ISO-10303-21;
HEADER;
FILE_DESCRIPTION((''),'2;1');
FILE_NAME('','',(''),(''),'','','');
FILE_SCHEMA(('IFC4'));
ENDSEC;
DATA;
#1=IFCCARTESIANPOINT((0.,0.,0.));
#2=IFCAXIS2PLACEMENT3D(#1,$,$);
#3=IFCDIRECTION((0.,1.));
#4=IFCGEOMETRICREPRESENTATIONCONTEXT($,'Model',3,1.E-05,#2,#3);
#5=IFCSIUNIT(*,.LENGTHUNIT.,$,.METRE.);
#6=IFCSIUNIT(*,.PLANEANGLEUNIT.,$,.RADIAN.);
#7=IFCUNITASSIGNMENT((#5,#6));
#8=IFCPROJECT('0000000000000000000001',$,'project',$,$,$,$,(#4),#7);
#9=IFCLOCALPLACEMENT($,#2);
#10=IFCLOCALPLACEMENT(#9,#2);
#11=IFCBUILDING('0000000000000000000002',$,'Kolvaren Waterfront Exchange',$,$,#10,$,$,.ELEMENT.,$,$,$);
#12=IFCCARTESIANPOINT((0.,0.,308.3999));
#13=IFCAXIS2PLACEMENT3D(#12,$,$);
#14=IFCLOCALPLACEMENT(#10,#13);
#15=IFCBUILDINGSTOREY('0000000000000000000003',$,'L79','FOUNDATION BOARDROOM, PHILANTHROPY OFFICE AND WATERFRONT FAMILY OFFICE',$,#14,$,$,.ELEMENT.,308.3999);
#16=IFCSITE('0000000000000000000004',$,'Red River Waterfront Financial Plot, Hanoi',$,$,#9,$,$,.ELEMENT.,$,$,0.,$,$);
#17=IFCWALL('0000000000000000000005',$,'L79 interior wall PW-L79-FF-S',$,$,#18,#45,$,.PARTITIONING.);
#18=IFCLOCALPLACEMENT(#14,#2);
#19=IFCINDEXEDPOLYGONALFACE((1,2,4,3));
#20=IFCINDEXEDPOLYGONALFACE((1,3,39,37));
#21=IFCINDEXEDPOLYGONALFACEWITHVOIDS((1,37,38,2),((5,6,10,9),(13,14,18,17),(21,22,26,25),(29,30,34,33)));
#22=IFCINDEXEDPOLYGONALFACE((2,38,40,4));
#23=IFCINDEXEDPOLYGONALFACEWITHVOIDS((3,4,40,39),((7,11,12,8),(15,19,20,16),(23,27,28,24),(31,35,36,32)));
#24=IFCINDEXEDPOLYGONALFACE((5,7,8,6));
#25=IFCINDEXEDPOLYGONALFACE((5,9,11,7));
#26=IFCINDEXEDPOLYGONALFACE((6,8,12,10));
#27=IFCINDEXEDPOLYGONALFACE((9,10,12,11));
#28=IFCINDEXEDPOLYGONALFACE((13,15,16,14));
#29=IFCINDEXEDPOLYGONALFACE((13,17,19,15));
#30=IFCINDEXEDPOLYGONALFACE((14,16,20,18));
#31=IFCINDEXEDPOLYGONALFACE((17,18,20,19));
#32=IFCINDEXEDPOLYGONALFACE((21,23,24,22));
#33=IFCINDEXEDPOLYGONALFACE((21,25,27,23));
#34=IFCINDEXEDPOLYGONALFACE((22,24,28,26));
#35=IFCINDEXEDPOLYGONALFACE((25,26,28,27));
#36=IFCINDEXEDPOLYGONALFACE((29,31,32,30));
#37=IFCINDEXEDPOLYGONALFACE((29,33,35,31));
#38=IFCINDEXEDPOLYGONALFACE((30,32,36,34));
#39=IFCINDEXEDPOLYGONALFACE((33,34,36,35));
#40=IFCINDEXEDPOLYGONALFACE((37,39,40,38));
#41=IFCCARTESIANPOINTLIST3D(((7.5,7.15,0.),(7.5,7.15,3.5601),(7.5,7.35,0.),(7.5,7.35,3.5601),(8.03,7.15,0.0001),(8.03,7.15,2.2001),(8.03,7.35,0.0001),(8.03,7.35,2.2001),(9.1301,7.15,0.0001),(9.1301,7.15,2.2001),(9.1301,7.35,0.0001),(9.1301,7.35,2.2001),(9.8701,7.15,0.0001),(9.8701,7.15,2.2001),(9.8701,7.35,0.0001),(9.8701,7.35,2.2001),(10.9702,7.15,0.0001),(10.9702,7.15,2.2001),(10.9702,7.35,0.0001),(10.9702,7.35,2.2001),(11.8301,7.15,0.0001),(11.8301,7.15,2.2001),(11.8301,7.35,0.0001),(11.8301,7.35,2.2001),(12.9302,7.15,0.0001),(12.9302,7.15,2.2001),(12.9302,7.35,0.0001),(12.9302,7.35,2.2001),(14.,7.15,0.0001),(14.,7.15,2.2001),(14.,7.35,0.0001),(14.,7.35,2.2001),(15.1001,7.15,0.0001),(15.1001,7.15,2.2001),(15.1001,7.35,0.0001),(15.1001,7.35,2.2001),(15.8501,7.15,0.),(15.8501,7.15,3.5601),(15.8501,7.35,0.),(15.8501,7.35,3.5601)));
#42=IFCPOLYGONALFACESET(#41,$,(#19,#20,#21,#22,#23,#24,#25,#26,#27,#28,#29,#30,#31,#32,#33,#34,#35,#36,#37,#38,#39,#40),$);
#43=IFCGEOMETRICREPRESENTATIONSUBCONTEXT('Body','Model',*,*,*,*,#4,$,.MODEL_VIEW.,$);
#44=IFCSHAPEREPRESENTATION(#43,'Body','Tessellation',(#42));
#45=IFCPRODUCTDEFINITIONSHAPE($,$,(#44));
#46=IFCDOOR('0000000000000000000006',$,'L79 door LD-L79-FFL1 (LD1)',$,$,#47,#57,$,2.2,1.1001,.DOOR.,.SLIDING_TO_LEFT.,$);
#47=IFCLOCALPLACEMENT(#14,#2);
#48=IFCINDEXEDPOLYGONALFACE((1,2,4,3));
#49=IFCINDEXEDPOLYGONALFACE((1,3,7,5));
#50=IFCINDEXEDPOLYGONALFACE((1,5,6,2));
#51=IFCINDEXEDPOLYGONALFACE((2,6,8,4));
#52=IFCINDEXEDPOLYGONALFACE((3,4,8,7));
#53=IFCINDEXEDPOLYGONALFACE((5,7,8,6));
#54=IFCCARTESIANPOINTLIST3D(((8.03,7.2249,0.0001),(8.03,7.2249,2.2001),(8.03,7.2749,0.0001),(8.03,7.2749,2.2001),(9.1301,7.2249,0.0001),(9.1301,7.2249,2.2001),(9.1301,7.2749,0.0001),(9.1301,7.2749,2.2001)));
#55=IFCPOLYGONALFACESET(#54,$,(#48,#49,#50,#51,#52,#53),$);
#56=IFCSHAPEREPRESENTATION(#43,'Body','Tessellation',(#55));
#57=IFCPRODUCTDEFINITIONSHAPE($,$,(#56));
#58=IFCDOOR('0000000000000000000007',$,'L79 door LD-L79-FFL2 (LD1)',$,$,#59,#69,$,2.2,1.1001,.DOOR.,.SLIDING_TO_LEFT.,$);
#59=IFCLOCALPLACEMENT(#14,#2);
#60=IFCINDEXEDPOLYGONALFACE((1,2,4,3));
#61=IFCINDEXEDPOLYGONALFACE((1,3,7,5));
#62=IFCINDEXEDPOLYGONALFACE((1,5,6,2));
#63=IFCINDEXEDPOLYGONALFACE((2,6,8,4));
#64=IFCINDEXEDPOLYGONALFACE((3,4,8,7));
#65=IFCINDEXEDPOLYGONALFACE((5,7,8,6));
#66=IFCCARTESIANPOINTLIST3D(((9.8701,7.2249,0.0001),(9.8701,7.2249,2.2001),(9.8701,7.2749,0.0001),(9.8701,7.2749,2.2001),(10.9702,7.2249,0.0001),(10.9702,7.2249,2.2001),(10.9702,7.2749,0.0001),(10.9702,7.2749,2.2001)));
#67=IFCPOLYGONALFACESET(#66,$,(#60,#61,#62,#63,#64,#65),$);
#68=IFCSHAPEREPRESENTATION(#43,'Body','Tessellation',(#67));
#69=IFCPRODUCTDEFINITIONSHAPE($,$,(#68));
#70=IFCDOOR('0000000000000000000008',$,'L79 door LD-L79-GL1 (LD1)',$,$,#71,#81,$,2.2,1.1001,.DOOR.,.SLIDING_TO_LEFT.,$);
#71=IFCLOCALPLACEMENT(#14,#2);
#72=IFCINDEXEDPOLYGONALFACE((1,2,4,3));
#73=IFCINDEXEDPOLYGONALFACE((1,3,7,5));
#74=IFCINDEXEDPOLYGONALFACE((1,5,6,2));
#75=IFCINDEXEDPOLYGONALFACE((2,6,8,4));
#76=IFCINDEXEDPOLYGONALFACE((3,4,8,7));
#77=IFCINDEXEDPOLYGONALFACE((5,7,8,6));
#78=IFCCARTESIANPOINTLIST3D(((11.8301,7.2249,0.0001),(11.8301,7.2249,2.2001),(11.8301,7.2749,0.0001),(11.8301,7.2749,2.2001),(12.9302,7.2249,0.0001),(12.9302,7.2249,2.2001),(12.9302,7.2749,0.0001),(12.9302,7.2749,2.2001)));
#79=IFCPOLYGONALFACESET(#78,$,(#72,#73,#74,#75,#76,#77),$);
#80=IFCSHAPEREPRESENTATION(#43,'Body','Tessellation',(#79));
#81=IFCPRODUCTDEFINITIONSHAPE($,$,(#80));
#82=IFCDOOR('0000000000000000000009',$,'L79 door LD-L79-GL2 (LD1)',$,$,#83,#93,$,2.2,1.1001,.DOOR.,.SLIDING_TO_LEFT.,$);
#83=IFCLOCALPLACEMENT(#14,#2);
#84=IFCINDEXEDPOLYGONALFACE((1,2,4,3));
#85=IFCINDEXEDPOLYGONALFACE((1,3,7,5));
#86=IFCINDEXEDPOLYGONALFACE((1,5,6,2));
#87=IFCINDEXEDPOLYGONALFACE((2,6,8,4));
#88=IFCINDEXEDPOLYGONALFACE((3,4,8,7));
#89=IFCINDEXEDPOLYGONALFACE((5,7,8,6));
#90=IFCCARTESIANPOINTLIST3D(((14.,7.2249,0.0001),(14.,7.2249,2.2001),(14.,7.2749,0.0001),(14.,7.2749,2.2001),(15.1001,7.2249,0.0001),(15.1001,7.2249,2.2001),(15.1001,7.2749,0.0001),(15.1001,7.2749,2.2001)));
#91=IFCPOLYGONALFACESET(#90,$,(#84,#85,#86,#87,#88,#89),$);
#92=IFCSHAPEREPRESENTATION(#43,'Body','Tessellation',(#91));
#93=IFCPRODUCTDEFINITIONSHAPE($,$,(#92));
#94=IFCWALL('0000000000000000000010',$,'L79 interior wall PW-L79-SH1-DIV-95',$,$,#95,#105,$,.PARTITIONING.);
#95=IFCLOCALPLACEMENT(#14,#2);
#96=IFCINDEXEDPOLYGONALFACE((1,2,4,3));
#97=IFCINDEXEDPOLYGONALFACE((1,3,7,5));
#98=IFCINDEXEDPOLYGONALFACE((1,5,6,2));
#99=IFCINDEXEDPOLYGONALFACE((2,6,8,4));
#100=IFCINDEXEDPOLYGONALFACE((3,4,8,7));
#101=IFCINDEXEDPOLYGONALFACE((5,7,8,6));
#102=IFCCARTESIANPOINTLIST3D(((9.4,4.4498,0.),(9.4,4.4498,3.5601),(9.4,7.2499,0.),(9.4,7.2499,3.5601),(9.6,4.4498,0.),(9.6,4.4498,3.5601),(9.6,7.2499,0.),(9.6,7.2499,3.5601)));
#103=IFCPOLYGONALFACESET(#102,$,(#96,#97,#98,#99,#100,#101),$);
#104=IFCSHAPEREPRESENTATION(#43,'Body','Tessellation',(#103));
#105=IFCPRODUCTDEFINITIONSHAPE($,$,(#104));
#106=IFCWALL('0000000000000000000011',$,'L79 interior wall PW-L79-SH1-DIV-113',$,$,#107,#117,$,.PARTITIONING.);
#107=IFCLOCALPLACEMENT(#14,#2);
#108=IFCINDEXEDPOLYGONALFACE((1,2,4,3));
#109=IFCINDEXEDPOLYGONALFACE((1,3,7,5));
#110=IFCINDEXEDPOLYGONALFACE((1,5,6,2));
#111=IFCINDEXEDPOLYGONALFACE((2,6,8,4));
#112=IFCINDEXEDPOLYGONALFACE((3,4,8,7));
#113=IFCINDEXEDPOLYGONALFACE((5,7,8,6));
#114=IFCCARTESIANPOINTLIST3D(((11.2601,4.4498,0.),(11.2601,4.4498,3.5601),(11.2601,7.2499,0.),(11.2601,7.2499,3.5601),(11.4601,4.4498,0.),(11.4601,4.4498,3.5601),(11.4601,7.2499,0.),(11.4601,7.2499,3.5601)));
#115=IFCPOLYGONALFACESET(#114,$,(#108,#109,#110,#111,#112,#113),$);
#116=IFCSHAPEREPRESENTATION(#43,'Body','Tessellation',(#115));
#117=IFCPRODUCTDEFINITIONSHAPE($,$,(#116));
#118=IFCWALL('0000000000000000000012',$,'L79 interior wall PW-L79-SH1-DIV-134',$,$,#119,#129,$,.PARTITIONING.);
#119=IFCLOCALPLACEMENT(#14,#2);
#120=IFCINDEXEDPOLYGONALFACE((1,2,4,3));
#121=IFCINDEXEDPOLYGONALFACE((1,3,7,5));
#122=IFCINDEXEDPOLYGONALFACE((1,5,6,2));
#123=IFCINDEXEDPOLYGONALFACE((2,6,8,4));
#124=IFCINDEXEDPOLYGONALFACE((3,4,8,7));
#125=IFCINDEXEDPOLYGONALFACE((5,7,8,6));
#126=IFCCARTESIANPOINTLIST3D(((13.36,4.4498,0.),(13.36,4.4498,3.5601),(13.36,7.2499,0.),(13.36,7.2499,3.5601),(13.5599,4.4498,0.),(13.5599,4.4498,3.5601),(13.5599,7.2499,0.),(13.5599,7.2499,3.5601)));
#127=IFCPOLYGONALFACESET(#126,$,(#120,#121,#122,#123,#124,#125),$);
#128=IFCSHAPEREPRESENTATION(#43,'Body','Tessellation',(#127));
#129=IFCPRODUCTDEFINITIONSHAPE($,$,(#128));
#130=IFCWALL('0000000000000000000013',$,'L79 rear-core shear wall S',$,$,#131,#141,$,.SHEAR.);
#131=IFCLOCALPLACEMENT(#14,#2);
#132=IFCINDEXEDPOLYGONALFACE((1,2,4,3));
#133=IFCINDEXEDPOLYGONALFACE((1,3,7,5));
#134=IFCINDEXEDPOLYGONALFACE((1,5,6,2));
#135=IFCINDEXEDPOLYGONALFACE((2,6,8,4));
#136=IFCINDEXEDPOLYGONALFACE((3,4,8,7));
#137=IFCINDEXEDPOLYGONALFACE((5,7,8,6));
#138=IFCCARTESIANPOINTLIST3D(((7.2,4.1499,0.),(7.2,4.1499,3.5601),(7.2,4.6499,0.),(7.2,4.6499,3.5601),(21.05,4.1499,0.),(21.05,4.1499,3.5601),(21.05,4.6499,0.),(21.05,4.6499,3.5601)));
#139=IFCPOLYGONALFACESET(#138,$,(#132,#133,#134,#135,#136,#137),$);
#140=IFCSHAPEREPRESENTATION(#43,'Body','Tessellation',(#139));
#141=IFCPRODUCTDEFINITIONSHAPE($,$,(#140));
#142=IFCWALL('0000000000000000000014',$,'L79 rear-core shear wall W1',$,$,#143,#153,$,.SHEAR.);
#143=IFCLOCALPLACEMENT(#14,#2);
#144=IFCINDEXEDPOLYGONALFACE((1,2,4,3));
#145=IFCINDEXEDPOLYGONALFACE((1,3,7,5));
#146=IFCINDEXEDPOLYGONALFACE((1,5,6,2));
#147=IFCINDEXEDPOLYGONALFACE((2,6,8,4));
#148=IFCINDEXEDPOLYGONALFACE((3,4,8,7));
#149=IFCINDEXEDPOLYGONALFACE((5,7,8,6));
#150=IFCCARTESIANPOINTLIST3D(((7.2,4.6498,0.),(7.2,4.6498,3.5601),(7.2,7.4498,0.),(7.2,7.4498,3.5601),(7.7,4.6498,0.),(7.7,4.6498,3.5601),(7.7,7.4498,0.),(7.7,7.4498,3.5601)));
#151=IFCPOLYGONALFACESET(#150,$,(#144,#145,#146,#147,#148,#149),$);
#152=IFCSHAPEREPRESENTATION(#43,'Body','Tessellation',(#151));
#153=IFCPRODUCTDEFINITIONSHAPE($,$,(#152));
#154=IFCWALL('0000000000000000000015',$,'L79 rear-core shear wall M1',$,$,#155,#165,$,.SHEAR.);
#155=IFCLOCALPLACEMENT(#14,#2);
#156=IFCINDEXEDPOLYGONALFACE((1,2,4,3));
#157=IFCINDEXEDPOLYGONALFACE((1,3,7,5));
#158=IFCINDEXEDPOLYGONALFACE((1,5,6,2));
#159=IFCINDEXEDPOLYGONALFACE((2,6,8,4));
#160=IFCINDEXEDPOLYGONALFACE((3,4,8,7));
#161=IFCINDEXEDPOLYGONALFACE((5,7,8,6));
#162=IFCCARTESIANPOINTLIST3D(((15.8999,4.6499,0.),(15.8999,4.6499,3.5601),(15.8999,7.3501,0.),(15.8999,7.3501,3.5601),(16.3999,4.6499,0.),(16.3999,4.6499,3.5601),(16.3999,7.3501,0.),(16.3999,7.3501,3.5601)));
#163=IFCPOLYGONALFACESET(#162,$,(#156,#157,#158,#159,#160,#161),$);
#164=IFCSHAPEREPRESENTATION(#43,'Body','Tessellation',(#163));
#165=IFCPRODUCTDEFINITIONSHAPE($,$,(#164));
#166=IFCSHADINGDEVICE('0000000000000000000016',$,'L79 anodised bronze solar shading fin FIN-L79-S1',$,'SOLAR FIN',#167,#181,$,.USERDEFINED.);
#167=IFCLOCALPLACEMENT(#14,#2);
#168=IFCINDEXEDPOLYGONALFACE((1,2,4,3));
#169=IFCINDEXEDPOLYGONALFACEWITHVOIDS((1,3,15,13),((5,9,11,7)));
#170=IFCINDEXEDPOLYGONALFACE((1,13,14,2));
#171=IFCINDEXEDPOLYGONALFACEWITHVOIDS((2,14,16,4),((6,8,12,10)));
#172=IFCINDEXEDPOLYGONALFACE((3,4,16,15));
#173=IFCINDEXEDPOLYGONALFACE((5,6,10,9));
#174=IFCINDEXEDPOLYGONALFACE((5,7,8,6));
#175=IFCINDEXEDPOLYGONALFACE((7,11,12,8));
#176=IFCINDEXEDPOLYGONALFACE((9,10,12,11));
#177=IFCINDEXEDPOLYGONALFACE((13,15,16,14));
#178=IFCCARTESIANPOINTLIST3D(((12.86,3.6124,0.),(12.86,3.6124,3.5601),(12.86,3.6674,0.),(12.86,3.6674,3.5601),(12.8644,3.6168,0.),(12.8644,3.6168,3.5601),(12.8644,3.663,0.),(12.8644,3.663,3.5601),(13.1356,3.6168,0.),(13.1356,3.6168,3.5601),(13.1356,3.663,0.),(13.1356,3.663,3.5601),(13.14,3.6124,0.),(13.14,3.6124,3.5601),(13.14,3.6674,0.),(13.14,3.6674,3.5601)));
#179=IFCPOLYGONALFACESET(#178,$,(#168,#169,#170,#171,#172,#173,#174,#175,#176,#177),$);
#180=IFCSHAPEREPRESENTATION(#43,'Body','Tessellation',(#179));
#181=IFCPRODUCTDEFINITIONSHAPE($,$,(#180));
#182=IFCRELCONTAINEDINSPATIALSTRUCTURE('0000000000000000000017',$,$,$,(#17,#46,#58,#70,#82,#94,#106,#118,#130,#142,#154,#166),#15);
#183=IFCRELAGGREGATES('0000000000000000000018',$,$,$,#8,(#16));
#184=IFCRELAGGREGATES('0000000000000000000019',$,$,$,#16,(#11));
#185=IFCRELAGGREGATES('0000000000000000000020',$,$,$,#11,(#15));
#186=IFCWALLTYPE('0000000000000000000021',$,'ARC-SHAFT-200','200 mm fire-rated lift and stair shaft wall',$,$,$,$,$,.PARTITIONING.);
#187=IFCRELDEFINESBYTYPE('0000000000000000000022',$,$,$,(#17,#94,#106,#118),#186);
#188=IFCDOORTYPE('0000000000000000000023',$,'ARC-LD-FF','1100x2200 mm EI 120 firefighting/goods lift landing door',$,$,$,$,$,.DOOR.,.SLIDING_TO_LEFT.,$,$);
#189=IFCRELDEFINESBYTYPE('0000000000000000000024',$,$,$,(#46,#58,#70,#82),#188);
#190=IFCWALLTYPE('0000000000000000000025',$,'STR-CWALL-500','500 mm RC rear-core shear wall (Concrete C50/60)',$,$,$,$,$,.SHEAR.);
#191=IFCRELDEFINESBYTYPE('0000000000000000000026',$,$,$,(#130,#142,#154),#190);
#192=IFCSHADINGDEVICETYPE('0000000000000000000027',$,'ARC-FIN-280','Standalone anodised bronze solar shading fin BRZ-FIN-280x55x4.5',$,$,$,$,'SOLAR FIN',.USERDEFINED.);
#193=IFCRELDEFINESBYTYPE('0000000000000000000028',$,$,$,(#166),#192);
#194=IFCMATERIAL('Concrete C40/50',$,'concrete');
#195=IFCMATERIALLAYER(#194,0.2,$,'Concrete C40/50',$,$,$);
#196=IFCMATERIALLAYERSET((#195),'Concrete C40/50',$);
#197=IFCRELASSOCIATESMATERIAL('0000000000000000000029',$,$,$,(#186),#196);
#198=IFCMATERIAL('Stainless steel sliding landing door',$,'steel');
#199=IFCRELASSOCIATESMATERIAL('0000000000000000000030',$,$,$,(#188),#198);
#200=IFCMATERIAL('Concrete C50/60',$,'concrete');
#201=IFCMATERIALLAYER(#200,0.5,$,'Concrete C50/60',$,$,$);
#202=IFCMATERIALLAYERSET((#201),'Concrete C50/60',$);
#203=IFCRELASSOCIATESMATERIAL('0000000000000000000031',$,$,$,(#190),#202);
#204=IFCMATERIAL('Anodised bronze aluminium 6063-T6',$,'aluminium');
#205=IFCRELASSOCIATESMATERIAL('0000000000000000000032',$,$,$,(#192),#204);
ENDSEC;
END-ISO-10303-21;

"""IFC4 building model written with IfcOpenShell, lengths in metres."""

from ifc_helpers import new_model, si_unit, direction, frame, frame_2d, origin, origin_2d, place, context, subcontext, project, spatial, rectangle, hollow_rectangle, extrude, material, layer, layer_set, material_profile, profile_set, type_object, element, fill, save


model = new_model("IFC4")

# Units and contexts
model_context = context("Model", 3, precision=1e-05, world=origin(), true_north=direction((0.0, 1.0)))
body_context = subcontext(model_context, "Body", "Model", "MODEL_VIEW")
ifc_project = project(units=[si_unit("LENGTHUNIT", "METRE"), si_unit("PLANEANGLEUNIT", "RADIAN")], contexts=[model_context])

# Site, building, storey
site_placement = place(None, origin())
site = spatial("IfcSite", under=ifc_project, at=site_placement, Name="Red River Waterfront Financial Plot, Hanoi", CompositionType="ELEMENT", RefElevation=0.0)
building_placement = place(site_placement, origin())
building = spatial("IfcBuilding", under=site, at=building_placement, Name="Kolvaren Waterfront Exchange", CompositionType="ELEMENT")
storey_placement = place(building_placement, frame((0.0, 0.0, 308.3999)))
storey = spatial("IfcBuildingStorey", under=building, at=storey_placement, Name="L79", Description="FOUNDATION BOARDROOM, PHILANTHROPY OFFICE AND WATERFRONT FAMILY OFFICE", CompositionType="ELEMENT", Elevation=308.3999)

# Shared definitions
ifc_material_1 = material(Name="Concrete C50/60", Category="concrete")

# Shared definitions
ifc_material_2 = material(Name="Anodised bronze aluminium 6063-T6", Category="aluminium")

# Wall, openings, doors
ifc_material_3 = material(Name="Concrete C40/50", Category="concrete")
ifc_layer_1 = layer(ifc_material_3, 0.2, Name="Concrete C40/50")
ifc_layer_set_1 = layer_set([ifc_layer_1], Name="Concrete C40/50")
wall_type_1 = type_object("IfcWallType", Name="ARC-SHAFT-200", Description="200 mm fire-rated lift and stair shaft wall", PredefinedType="PARTITIONING", material=ifc_layer_set_1)
wall_1_placement = place(storey_placement, frame((7.5, 7.25, 0.0), z_axis=(0.0, 0.0, 1.0), x_axis=(1.0, 0.0, 0.0)))
wall_1 = element("IfcWall", 1, at=wall_1_placement, inside=storey, type_object=wall_type_1, Name="L79 interior wall PW-L79-FF-S", PredefinedType="PARTITIONING", context=body_context, shape_type="SweptSolid", body=[
    extrude(rectangle(XDim=8.3501, YDim=0.2, at=frame_2d((4.175, 0.0))), origin(), (0.0, 0.0, 1.0), 3.5601),
])
opening_1_placement = place(wall_1_placement, frame((0.53, 0.0, 0.0)))
opening_1 = element("IfcOpeningElement", 2, at=opening_1_placement, cuts=wall_1, PredefinedType="OPENING", context=body_context, shape_type="SweptSolid", body=[
    extrude(rectangle(XDim=1.1001, YDim=2.2, at=frame_2d((0.55, 1.1001))), frame((0.0, 0.1099, 0.0), z_axis=(0.0, -1.0, 0.0), x_axis=(1.0, 0.0, 0.0)), (0.0, 0.0, 1.0), 0.22),
])
opening_2_placement = place(wall_1_placement, frame((2.3701, 0.0, 0.0)))
opening_2 = element("IfcOpeningElement", 3, at=opening_2_placement, cuts=wall_1, PredefinedType="OPENING", context=body_context, shape_type="SweptSolid", body=[
    extrude(rectangle(XDim=1.1001, YDim=2.2, at=frame_2d((0.55, 1.1001))), frame((0.0, 0.1099, 0.0), z_axis=(0.0, -1.0, 0.0), x_axis=(1.0, 0.0, 0.0)), (0.0, 0.0, 1.0), 0.22),
])
opening_3_placement = place(wall_1_placement, frame((4.3301, 0.0, 0.0)))
opening_3 = element("IfcOpeningElement", 4, at=opening_3_placement, cuts=wall_1, PredefinedType="OPENING", context=body_context, shape_type="SweptSolid", body=[
    extrude(rectangle(XDim=1.1001, YDim=2.2, at=frame_2d((0.55, 1.1001))), frame((0.0, 0.1099, 0.0), z_axis=(0.0, -1.0, 0.0), x_axis=(1.0, 0.0, 0.0)), (0.0, 0.0, 1.0), 0.22),
])
opening_4_placement = place(wall_1_placement, frame((6.5, 0.0, 0.0)))
opening_4 = element("IfcOpeningElement", 5, at=opening_4_placement, cuts=wall_1, PredefinedType="OPENING", context=body_context, shape_type="SweptSolid", body=[
    extrude(rectangle(XDim=1.1001, YDim=2.2, at=frame_2d((0.55, 1.1001))), frame((0.0, 0.1099, 0.0), z_axis=(0.0, -1.0, 0.0), x_axis=(1.0, 0.0, 0.0)), (0.0, 0.0, 1.0), 0.22),
])
ifc_material_4 = material(Name="Stainless steel sliding landing door", Category="steel")
door_type = type_object("IfcDoorType", Name="ARC-LD-FF", Description="1100x2200 mm EI 120 firefighting/goods lift landing door", OperationType="SLIDING_TO_LEFT", PredefinedType="DOOR", material=ifc_material_4)
door_1_placement = place(opening_1_placement, origin())
door_1 = element("IfcDoor", 6, at=door_1_placement, inside=storey, type_object=door_type, Name="L79 door LD-L79-FFL1 (LD1)", OperationType="SLIDING_TO_LEFT", OverallHeight=2.2, OverallWidth=1.1001, PredefinedType="DOOR", context=body_context, shape_type="SweptSolid", body=[
    extrude(rectangle(XDim=1.1001, YDim=2.2, at=frame_2d((0.55, 1.1001))), frame((0.0, 0.0249, 0.0), z_axis=(0.0, -1.0, 0.0), x_axis=(1.0, 0.0, 0.0)), (0.0, 0.0, 1.0), 0.05),
])
fill(opening_1, door_1)
door_2_placement = place(opening_2_placement, origin())
door_2 = element("IfcDoor", 7, at=door_2_placement, inside=storey, type_object=door_type, Name="L79 door LD-L79-FFL2 (LD1)", OperationType="SLIDING_TO_LEFT", OverallHeight=2.2, OverallWidth=1.1001, PredefinedType="DOOR", context=body_context, shape_type="SweptSolid", body=[
    extrude(rectangle(XDim=1.1001, YDim=2.2, at=frame_2d((0.55, 1.1001))), frame((0.0, 0.0249, 0.0), z_axis=(0.0, -1.0, 0.0), x_axis=(1.0, 0.0, 0.0)), (0.0, 0.0, 1.0), 0.05),
])
fill(opening_2, door_2)
door_3_placement = place(opening_3_placement, origin())
door_3 = element("IfcDoor", 8, at=door_3_placement, inside=storey, type_object=door_type, Name="L79 door LD-L79-GL1 (LD1)", OperationType="SLIDING_TO_LEFT", OverallHeight=2.2, OverallWidth=1.1001, PredefinedType="DOOR", context=body_context, shape_type="SweptSolid", body=[
    extrude(rectangle(XDim=1.1001, YDim=2.2, at=frame_2d((0.55, 1.1001))), frame((0.0, 0.0249, 0.0), z_axis=(0.0, -1.0, 0.0), x_axis=(1.0, 0.0, 0.0)), (0.0, 0.0, 1.0), 0.05),
])
fill(opening_3, door_3)
door_4_placement = place(opening_4_placement, origin())
door_4 = element("IfcDoor", 9, at=door_4_placement, inside=storey, type_object=door_type, Name="L79 door LD-L79-GL2 (LD1)", OperationType="SLIDING_TO_LEFT", OverallHeight=2.2, OverallWidth=1.1001, PredefinedType="DOOR", context=body_context, shape_type="SweptSolid", body=[
    extrude(rectangle(XDim=1.1001, YDim=2.2, at=frame_2d((0.55, 1.1001))), frame((0.0, 0.0249, 0.0), z_axis=(0.0, -1.0, 0.0), x_axis=(1.0, 0.0, 0.0)), (0.0, 0.0, 1.0), 0.05),
])
fill(opening_4, door_4)

# Walls
for number, where, z_axis, x_axis, name in (
    (10, (9.5, 4.45, 0.0), (0.0, 0.0, 1.0), (0.0, 1.0, 0.0), "L79 interior wall PW-L79-SH1-DIV-95"),
    (11, (11.3601, 4.45, 0.0), (0.0, 0.0, 1.0), (0.0, 1.0, 0.0), "L79 interior wall PW-L79-SH1-DIV-113"),
    (12, (13.46, 4.45, 0.0), (0.0, 0.0, 1.0), (0.0, 1.0, 0.0), "L79 interior wall PW-L79-SH1-DIV-134"),
):
    element("IfcWall", number, at=place(storey_placement, frame(where, z_axis=z_axis, x_axis=x_axis)), inside=storey, type_object=wall_type_1, Name=name, PredefinedType="PARTITIONING", context=body_context, shape_type="SweptSolid", body=[
        extrude(rectangle(XDim=2.8, YDim=0.2, at=frame_2d((1.3999, 0.0))), origin(), (0.0, 0.0, 1.0), 3.5601),
    ])
ifc_layer_2 = layer(ifc_material_1, 0.5, Name="Concrete C50/60")
ifc_layer_set_2 = layer_set([ifc_layer_2], Name="Concrete C50/60")
wall_type_2 = type_object("IfcWallType", Name="STR-CWALL-500", Description="500 mm RC rear-core shear wall (Concrete C50/60)", PredefinedType="SHEAR", material=ifc_layer_set_2)
wall_2_placement = place(storey_placement, frame((7.2, 4.3999, 0.0), z_axis=(0.0, 0.0, 1.0), x_axis=(1.0, 0.0, 0.0)))
element("IfcWall", 13, at=wall_2_placement, inside=storey, type_object=wall_type_2, Name="L79 rear-core shear wall S", PredefinedType="SHEAR", context=body_context, shape_type="SweptSolid", body=[
    extrude(rectangle(XDim=13.8501, YDim=0.5, at=frame_2d((6.925, 0.0))), origin(), (0.0, 0.0, 1.0), 3.5601),
])
wall_3_placement = place(storey_placement, frame((7.45, 4.6499, 0.0), z_axis=(0.0, 0.0, 1.0), x_axis=(0.0, 1.0, 0.0)))
element("IfcWall", 14, at=wall_3_placement, inside=storey, type_object=wall_type_2, Name="L79 rear-core shear wall W1", PredefinedType="SHEAR", context=body_context, shape_type="SweptSolid", body=[
    extrude(rectangle(XDim=2.8, YDim=0.5, at=frame_2d((1.3999, 0.0))), origin(), (0.0, 0.0, 1.0), 3.5601),
])
wall_4_placement = place(storey_placement, frame((16.1499, 4.6499, 0.0), z_axis=(0.0, 0.0, 1.0), x_axis=(0.0, 1.0, 0.0)))
element("IfcWall", 15, at=wall_4_placement, inside=storey, type_object=wall_type_2, Name="L79 rear-core shear wall M1", PredefinedType="SHEAR", context=body_context, shape_type="SweptSolid", body=[
    extrude(rectangle(XDim=2.7002, YDim=0.5, at=frame_2d((1.3501, 0.0))), origin(), (0.0, 0.0, 1.0), 3.5601),
])

# Shading device
ifc_material_profile_1 = material_profile(ifc_material_2, hollow_rectangle(XDim=0.0549, YDim=0.28, WallThickness=0.0044, at=origin_2d()), Name="BRZ-FIN-280x55x4.5")
ifc_profile_set_1 = profile_set([ifc_material_profile_1], Name="Anodised bronze aluminium 6063-T6")
shading_device_type = type_object("IfcShadingDeviceType", Name="ARC-FIN-280", Description="Standalone anodised bronze solar shading fin BRZ-FIN-280x55x4.5", ElementType="SOLAR FIN", PredefinedType="USERDEFINED", material=ifc_profile_set_1)
shading_device_placement = place(storey_placement, frame((13.0, 3.6399, 0.0), z_axis=(0.0, 0.0, 1.0), x_axis=(0.0, -1.0, 0.0)))
element("IfcShadingDevice", 16, at=shading_device_placement, inside=storey, type_object=shading_device_type, Name="L79 anodised bronze solar shading fin FIN-L79-S1", ObjectType="SOLAR FIN", PredefinedType="USERDEFINED", context=body_context, shape_type="SweptSolid", body=[
    extrude(hollow_rectangle(XDim=0.0549, YDim=0.28, WallThickness=0.0044, at=origin_2d()), origin(), (0.0, 0.0, 1.0), 3.5601),
])

save(model, "model.ifc")
